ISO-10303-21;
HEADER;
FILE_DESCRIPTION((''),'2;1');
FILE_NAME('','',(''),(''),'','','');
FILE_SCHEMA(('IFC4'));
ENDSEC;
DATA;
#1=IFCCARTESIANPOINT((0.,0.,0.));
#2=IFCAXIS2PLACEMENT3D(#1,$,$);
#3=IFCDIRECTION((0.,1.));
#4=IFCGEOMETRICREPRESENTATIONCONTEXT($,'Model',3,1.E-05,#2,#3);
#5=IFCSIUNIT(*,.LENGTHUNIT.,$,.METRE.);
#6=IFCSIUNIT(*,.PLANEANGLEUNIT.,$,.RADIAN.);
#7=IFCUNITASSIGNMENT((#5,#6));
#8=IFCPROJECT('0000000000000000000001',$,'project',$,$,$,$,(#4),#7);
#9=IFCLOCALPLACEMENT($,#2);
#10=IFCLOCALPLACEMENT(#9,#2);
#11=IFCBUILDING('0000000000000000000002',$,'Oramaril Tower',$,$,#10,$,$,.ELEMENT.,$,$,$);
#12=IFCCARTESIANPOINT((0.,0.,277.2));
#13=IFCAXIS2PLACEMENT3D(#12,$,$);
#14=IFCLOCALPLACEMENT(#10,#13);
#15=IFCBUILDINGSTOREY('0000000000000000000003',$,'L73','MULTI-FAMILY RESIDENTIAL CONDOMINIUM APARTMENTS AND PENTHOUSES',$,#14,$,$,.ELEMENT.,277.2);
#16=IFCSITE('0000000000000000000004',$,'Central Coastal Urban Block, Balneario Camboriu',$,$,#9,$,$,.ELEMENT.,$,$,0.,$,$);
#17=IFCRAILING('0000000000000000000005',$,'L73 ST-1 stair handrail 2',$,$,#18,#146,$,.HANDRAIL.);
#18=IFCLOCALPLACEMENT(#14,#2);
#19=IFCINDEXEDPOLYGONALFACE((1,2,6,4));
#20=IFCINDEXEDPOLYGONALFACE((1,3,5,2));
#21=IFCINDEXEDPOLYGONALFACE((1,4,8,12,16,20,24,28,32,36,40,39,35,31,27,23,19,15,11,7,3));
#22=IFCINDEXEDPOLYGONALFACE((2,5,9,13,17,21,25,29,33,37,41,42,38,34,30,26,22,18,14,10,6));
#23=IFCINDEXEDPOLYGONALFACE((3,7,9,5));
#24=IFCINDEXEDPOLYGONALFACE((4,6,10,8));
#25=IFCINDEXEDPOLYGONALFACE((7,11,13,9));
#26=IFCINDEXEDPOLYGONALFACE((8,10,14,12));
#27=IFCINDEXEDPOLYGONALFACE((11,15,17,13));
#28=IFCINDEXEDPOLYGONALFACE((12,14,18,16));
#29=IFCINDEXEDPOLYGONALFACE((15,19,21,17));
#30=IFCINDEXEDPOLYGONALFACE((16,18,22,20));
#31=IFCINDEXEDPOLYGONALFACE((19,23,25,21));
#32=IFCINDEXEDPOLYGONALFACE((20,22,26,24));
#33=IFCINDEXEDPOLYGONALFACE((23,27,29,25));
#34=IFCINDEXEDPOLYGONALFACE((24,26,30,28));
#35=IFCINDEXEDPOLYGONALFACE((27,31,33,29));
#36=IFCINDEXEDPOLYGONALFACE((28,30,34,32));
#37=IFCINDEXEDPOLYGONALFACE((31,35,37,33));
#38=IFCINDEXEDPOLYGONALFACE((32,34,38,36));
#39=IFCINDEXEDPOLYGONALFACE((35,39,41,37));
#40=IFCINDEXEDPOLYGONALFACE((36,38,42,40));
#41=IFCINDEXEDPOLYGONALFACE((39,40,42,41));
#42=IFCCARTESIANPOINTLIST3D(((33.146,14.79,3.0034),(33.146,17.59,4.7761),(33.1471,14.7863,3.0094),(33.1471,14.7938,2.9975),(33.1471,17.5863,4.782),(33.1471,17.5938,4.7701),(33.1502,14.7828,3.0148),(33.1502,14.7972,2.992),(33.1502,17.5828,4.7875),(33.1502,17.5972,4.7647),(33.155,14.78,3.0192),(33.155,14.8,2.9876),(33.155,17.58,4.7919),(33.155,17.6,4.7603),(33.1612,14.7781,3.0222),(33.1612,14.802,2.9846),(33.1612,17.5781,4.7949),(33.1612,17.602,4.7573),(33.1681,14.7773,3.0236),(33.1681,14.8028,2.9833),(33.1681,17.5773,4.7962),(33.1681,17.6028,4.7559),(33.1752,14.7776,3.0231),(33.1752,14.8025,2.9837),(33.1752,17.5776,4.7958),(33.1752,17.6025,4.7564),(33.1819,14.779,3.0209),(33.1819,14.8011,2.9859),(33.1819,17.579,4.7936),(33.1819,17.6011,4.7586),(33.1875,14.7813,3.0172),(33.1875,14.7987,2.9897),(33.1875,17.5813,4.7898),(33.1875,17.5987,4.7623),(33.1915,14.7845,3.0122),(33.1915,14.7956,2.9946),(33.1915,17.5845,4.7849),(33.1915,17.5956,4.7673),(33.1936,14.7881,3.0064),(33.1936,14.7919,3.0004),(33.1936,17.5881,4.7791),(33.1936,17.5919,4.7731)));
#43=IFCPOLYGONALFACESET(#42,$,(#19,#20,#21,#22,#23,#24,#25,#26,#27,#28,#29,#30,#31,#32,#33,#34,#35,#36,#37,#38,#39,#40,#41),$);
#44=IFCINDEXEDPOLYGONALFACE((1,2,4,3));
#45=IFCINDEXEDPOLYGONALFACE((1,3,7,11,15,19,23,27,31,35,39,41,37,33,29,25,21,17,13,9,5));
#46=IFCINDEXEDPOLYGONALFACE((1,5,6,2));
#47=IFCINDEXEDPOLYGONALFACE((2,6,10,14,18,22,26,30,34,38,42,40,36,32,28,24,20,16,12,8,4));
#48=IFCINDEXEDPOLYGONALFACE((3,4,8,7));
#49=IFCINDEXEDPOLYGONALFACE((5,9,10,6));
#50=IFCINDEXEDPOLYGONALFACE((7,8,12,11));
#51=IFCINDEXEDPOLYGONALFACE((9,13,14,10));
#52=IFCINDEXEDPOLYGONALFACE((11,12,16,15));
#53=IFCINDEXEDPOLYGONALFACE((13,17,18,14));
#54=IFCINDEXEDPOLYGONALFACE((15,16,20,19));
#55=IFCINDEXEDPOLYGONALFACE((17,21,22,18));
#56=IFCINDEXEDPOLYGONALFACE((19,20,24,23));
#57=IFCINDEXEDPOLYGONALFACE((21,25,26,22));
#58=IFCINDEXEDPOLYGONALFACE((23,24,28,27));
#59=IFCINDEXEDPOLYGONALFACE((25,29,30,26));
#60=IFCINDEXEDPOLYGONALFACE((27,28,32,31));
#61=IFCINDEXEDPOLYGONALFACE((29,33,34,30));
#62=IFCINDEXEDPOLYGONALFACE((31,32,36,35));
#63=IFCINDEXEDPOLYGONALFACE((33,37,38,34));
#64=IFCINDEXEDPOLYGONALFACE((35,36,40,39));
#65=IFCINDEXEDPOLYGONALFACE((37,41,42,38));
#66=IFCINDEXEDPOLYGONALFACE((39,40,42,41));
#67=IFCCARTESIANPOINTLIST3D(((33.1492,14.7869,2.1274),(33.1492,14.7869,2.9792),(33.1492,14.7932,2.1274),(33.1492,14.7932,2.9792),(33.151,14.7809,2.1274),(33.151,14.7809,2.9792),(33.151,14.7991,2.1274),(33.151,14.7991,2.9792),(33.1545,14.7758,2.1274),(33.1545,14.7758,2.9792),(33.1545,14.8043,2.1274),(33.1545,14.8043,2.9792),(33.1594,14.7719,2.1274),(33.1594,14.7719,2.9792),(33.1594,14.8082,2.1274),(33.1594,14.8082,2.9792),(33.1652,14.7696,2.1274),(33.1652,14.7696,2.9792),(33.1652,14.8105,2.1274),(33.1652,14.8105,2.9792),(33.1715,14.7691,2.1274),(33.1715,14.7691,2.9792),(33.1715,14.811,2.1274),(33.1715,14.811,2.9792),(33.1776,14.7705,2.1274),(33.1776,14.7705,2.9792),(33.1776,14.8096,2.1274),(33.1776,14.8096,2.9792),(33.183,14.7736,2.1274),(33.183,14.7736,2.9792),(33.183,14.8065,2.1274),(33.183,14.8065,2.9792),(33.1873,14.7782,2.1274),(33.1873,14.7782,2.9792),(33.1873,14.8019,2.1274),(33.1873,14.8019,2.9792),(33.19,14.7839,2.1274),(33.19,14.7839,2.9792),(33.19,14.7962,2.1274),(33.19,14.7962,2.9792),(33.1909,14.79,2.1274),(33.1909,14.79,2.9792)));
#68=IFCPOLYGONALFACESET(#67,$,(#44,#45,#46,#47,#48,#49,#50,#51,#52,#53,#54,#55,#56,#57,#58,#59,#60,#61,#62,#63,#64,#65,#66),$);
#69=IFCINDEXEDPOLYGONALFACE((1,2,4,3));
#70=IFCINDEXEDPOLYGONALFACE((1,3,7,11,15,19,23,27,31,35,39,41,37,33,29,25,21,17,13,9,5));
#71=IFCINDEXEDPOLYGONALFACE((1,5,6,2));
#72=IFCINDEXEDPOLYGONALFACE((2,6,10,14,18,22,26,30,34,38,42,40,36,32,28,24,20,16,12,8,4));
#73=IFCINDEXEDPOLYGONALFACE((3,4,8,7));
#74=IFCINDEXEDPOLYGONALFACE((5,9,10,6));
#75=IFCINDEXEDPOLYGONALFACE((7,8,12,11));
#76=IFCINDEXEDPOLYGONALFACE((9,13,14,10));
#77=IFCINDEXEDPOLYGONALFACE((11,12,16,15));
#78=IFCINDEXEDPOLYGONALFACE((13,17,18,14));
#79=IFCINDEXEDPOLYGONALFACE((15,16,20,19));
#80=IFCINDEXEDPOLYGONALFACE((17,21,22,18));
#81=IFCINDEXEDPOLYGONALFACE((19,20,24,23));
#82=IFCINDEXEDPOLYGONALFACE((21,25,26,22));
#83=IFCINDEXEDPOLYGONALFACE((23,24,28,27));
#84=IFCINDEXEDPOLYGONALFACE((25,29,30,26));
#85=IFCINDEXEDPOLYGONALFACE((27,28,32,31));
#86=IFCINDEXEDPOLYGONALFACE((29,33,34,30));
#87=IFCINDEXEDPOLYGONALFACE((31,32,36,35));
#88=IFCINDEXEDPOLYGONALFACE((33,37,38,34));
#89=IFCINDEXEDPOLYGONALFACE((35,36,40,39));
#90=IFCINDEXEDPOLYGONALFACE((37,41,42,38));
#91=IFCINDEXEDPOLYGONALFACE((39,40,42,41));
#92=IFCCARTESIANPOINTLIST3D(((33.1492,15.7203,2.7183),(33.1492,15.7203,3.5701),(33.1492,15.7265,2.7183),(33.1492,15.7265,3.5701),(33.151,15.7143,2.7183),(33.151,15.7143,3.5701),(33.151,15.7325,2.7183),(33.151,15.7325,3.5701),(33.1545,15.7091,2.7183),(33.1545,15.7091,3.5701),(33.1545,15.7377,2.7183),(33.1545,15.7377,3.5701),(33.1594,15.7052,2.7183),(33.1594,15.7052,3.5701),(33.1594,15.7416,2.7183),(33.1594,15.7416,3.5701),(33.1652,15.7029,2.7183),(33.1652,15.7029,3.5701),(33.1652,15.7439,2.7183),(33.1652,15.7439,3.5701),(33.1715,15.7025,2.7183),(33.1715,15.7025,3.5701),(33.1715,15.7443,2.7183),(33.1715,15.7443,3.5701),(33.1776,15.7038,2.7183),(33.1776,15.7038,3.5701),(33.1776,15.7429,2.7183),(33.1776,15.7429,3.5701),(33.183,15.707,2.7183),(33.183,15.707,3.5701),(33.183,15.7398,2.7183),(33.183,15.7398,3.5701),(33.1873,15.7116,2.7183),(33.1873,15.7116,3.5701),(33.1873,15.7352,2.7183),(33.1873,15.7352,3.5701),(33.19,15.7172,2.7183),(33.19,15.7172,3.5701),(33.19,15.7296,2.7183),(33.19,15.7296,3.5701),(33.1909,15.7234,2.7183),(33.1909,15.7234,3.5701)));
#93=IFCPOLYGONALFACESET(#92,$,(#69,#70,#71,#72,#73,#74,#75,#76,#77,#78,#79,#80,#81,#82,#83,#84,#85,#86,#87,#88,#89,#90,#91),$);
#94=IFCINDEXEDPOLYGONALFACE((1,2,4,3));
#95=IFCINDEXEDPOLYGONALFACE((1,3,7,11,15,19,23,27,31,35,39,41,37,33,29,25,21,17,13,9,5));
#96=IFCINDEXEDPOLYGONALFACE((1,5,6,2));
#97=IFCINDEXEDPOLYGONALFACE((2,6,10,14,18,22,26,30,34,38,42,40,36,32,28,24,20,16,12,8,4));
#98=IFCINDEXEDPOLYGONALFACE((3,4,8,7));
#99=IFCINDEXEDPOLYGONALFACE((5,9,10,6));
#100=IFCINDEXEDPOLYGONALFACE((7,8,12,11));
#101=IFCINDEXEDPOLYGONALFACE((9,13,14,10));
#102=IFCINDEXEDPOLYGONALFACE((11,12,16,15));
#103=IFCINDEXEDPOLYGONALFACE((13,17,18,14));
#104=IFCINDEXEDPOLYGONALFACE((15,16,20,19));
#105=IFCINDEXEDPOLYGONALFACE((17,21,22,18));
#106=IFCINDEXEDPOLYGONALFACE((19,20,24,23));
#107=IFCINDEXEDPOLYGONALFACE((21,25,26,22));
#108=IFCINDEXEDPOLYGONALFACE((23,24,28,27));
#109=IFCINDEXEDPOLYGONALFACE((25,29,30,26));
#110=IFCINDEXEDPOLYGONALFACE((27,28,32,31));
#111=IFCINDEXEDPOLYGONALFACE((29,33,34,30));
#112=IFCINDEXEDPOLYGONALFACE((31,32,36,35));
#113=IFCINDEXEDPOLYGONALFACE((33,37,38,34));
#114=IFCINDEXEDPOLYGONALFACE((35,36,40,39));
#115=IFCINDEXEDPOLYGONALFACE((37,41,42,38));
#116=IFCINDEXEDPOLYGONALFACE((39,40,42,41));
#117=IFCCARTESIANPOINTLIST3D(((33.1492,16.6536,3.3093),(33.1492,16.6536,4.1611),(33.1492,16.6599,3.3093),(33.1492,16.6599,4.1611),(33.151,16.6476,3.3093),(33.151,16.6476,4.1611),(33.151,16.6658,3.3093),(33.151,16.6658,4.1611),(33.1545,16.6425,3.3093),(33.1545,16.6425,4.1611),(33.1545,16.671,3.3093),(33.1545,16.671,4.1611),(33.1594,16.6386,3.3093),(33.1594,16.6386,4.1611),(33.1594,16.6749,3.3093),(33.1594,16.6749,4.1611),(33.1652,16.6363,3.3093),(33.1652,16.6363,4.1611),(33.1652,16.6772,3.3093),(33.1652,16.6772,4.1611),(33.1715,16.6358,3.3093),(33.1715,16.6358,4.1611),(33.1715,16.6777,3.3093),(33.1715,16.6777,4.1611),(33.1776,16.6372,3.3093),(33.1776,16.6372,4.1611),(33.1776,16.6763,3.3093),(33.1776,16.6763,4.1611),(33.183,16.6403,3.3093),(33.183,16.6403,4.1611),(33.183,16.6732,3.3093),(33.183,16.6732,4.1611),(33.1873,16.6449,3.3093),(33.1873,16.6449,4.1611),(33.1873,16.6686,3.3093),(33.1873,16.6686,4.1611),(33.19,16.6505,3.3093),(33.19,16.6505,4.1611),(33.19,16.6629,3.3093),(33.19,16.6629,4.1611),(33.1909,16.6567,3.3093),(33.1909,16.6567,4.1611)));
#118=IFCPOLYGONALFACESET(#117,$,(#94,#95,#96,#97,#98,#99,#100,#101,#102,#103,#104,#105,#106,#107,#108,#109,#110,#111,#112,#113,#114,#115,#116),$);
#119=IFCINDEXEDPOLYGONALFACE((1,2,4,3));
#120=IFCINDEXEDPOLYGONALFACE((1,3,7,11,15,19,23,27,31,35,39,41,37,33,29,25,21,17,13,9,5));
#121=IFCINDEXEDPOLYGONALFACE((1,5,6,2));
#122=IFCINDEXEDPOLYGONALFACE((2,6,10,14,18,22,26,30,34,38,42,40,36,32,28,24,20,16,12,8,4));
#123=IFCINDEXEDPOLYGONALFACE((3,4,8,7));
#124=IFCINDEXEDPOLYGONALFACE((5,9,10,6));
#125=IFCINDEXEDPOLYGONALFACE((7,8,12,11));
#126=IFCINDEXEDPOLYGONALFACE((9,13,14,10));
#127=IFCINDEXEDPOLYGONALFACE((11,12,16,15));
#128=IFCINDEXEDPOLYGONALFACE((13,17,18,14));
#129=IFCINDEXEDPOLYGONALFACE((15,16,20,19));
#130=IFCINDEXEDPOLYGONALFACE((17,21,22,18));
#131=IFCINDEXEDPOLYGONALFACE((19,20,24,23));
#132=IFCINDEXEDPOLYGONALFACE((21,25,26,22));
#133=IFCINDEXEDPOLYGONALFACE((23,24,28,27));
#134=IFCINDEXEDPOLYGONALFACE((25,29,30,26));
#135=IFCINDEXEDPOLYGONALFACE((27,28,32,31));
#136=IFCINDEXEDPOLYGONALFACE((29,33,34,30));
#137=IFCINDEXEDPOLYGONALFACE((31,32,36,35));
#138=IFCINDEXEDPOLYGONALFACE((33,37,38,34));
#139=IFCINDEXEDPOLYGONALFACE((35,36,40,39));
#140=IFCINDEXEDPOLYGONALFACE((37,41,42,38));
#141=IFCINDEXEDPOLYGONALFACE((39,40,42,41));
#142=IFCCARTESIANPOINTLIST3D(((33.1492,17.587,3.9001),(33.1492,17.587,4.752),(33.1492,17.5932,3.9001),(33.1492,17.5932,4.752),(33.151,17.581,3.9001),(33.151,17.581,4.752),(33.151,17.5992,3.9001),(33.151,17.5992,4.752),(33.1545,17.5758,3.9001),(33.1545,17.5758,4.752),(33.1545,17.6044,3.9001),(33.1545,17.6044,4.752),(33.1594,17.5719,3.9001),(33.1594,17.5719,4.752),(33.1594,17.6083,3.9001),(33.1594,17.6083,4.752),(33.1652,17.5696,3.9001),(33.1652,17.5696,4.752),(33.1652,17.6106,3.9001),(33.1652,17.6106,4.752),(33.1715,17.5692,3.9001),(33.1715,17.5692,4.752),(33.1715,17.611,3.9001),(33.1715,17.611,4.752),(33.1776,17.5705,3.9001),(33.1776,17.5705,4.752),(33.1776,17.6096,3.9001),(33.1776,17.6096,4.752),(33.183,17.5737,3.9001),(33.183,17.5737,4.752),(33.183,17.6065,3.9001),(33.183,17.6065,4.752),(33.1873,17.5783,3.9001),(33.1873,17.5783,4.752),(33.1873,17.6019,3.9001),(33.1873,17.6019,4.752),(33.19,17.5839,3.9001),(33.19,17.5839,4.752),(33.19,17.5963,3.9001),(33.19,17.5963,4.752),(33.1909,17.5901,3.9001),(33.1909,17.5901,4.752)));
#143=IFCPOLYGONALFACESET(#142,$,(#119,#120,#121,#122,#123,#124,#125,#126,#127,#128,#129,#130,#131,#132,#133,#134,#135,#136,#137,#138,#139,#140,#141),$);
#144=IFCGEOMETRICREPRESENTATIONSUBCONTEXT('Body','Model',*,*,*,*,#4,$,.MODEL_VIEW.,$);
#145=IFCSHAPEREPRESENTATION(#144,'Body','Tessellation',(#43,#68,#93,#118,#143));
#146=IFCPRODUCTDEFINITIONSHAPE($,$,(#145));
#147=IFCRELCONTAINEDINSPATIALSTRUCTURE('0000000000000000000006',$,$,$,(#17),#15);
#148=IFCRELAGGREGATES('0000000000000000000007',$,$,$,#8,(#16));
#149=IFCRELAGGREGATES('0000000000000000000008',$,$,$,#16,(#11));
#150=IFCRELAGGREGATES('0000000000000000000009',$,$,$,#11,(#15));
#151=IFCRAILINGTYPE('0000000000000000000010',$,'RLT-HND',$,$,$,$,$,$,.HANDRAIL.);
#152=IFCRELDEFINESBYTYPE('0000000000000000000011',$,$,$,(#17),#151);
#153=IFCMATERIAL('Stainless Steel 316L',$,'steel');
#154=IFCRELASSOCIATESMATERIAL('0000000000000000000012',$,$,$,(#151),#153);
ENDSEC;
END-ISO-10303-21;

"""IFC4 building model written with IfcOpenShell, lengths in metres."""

from ifc_helpers import new_model, si_unit, direction, frame, origin, origin_2d, place, context, subcontext, project, spatial, circle, extrude, material, type_object, element, save


model = new_model("IFC4")

# Units and contexts
model_context = context("Model", 3, precision=1e-05, world=origin(), true_north=direction((0.0, 1.0)))
body_context = subcontext(model_context, "Body", "Model", "MODEL_VIEW")
ifc_project = project(units=[si_unit("LENGTHUNIT", "METRE"), si_unit("PLANEANGLEUNIT", "RADIAN")], contexts=[model_context])

# Site, building, storey
site_placement = place(None, origin())
site = spatial("IfcSite", under=ifc_project, at=site_placement, Name="Central Coastal Urban Block, Balneario Camboriu", CompositionType="ELEMENT", RefElevation=0.0)
building_placement = place(site_placement, origin())
building = spatial("IfcBuilding", under=site, at=building_placement, Name="Oramaril Tower", CompositionType="ELEMENT")
storey_placement = place(building_placement, frame((0.0, 0.0, 277.2)))
storey = spatial("IfcBuildingStorey", under=building, at=storey_placement, Name="L73", Description="MULTI-FAMILY RESIDENTIAL CONDOMINIUM APARTMENTS AND PENTHOUSES", CompositionType="ELEMENT", Elevation=277.2)

# Railing
ifc_material_1 = material(Name="Stainless Steel 316L", Category="steel")
railing_type_1 = type_object("IfcRailingType", Name="RLT-HND", PredefinedType="HANDRAIL", material=ifc_material_1)
railing_1_placement = place(storey_placement, frame((33.1699, 14.79, 2.1274)))
element("IfcRailing", 1, at=railing_1_placement, inside=storey, type_object=railing_type_1, Name="L73 ST-1 stair handrail 2", PredefinedType="HANDRAIL", context=body_context, shape_type="SweptSolid", body=[
    extrude(circle(Radius=0.0239, at=origin_2d()), frame((0.0, 0.0, 0.876), z_axis=(0.0, 0.844909, 0.53491), x_axis=(-1.0, 0.0, 0.0)), (0.0, 0.0, 1.0), 3.314),
    extrude(circle(Radius=0.021, at=origin_2d()), origin(), (0.0, 0.0, 1.0), 0.8518),
    extrude(circle(Radius=0.021, at=origin_2d()), frame((0.0, 0.9333, 0.5908)), (0.0, 0.0, 1.0), 0.8518),
    extrude(circle(Radius=0.021, at=origin_2d()), frame((0.0, 1.8667, 1.1819)), (0.0, 0.0, 1.0), 0.8518),
    extrude(circle(Radius=0.021, at=origin_2d()), frame((0.0, 2.8, 1.7727)), (0.0, 0.0, 1.0), 0.8518),
])

save(model, "model.ifc")
